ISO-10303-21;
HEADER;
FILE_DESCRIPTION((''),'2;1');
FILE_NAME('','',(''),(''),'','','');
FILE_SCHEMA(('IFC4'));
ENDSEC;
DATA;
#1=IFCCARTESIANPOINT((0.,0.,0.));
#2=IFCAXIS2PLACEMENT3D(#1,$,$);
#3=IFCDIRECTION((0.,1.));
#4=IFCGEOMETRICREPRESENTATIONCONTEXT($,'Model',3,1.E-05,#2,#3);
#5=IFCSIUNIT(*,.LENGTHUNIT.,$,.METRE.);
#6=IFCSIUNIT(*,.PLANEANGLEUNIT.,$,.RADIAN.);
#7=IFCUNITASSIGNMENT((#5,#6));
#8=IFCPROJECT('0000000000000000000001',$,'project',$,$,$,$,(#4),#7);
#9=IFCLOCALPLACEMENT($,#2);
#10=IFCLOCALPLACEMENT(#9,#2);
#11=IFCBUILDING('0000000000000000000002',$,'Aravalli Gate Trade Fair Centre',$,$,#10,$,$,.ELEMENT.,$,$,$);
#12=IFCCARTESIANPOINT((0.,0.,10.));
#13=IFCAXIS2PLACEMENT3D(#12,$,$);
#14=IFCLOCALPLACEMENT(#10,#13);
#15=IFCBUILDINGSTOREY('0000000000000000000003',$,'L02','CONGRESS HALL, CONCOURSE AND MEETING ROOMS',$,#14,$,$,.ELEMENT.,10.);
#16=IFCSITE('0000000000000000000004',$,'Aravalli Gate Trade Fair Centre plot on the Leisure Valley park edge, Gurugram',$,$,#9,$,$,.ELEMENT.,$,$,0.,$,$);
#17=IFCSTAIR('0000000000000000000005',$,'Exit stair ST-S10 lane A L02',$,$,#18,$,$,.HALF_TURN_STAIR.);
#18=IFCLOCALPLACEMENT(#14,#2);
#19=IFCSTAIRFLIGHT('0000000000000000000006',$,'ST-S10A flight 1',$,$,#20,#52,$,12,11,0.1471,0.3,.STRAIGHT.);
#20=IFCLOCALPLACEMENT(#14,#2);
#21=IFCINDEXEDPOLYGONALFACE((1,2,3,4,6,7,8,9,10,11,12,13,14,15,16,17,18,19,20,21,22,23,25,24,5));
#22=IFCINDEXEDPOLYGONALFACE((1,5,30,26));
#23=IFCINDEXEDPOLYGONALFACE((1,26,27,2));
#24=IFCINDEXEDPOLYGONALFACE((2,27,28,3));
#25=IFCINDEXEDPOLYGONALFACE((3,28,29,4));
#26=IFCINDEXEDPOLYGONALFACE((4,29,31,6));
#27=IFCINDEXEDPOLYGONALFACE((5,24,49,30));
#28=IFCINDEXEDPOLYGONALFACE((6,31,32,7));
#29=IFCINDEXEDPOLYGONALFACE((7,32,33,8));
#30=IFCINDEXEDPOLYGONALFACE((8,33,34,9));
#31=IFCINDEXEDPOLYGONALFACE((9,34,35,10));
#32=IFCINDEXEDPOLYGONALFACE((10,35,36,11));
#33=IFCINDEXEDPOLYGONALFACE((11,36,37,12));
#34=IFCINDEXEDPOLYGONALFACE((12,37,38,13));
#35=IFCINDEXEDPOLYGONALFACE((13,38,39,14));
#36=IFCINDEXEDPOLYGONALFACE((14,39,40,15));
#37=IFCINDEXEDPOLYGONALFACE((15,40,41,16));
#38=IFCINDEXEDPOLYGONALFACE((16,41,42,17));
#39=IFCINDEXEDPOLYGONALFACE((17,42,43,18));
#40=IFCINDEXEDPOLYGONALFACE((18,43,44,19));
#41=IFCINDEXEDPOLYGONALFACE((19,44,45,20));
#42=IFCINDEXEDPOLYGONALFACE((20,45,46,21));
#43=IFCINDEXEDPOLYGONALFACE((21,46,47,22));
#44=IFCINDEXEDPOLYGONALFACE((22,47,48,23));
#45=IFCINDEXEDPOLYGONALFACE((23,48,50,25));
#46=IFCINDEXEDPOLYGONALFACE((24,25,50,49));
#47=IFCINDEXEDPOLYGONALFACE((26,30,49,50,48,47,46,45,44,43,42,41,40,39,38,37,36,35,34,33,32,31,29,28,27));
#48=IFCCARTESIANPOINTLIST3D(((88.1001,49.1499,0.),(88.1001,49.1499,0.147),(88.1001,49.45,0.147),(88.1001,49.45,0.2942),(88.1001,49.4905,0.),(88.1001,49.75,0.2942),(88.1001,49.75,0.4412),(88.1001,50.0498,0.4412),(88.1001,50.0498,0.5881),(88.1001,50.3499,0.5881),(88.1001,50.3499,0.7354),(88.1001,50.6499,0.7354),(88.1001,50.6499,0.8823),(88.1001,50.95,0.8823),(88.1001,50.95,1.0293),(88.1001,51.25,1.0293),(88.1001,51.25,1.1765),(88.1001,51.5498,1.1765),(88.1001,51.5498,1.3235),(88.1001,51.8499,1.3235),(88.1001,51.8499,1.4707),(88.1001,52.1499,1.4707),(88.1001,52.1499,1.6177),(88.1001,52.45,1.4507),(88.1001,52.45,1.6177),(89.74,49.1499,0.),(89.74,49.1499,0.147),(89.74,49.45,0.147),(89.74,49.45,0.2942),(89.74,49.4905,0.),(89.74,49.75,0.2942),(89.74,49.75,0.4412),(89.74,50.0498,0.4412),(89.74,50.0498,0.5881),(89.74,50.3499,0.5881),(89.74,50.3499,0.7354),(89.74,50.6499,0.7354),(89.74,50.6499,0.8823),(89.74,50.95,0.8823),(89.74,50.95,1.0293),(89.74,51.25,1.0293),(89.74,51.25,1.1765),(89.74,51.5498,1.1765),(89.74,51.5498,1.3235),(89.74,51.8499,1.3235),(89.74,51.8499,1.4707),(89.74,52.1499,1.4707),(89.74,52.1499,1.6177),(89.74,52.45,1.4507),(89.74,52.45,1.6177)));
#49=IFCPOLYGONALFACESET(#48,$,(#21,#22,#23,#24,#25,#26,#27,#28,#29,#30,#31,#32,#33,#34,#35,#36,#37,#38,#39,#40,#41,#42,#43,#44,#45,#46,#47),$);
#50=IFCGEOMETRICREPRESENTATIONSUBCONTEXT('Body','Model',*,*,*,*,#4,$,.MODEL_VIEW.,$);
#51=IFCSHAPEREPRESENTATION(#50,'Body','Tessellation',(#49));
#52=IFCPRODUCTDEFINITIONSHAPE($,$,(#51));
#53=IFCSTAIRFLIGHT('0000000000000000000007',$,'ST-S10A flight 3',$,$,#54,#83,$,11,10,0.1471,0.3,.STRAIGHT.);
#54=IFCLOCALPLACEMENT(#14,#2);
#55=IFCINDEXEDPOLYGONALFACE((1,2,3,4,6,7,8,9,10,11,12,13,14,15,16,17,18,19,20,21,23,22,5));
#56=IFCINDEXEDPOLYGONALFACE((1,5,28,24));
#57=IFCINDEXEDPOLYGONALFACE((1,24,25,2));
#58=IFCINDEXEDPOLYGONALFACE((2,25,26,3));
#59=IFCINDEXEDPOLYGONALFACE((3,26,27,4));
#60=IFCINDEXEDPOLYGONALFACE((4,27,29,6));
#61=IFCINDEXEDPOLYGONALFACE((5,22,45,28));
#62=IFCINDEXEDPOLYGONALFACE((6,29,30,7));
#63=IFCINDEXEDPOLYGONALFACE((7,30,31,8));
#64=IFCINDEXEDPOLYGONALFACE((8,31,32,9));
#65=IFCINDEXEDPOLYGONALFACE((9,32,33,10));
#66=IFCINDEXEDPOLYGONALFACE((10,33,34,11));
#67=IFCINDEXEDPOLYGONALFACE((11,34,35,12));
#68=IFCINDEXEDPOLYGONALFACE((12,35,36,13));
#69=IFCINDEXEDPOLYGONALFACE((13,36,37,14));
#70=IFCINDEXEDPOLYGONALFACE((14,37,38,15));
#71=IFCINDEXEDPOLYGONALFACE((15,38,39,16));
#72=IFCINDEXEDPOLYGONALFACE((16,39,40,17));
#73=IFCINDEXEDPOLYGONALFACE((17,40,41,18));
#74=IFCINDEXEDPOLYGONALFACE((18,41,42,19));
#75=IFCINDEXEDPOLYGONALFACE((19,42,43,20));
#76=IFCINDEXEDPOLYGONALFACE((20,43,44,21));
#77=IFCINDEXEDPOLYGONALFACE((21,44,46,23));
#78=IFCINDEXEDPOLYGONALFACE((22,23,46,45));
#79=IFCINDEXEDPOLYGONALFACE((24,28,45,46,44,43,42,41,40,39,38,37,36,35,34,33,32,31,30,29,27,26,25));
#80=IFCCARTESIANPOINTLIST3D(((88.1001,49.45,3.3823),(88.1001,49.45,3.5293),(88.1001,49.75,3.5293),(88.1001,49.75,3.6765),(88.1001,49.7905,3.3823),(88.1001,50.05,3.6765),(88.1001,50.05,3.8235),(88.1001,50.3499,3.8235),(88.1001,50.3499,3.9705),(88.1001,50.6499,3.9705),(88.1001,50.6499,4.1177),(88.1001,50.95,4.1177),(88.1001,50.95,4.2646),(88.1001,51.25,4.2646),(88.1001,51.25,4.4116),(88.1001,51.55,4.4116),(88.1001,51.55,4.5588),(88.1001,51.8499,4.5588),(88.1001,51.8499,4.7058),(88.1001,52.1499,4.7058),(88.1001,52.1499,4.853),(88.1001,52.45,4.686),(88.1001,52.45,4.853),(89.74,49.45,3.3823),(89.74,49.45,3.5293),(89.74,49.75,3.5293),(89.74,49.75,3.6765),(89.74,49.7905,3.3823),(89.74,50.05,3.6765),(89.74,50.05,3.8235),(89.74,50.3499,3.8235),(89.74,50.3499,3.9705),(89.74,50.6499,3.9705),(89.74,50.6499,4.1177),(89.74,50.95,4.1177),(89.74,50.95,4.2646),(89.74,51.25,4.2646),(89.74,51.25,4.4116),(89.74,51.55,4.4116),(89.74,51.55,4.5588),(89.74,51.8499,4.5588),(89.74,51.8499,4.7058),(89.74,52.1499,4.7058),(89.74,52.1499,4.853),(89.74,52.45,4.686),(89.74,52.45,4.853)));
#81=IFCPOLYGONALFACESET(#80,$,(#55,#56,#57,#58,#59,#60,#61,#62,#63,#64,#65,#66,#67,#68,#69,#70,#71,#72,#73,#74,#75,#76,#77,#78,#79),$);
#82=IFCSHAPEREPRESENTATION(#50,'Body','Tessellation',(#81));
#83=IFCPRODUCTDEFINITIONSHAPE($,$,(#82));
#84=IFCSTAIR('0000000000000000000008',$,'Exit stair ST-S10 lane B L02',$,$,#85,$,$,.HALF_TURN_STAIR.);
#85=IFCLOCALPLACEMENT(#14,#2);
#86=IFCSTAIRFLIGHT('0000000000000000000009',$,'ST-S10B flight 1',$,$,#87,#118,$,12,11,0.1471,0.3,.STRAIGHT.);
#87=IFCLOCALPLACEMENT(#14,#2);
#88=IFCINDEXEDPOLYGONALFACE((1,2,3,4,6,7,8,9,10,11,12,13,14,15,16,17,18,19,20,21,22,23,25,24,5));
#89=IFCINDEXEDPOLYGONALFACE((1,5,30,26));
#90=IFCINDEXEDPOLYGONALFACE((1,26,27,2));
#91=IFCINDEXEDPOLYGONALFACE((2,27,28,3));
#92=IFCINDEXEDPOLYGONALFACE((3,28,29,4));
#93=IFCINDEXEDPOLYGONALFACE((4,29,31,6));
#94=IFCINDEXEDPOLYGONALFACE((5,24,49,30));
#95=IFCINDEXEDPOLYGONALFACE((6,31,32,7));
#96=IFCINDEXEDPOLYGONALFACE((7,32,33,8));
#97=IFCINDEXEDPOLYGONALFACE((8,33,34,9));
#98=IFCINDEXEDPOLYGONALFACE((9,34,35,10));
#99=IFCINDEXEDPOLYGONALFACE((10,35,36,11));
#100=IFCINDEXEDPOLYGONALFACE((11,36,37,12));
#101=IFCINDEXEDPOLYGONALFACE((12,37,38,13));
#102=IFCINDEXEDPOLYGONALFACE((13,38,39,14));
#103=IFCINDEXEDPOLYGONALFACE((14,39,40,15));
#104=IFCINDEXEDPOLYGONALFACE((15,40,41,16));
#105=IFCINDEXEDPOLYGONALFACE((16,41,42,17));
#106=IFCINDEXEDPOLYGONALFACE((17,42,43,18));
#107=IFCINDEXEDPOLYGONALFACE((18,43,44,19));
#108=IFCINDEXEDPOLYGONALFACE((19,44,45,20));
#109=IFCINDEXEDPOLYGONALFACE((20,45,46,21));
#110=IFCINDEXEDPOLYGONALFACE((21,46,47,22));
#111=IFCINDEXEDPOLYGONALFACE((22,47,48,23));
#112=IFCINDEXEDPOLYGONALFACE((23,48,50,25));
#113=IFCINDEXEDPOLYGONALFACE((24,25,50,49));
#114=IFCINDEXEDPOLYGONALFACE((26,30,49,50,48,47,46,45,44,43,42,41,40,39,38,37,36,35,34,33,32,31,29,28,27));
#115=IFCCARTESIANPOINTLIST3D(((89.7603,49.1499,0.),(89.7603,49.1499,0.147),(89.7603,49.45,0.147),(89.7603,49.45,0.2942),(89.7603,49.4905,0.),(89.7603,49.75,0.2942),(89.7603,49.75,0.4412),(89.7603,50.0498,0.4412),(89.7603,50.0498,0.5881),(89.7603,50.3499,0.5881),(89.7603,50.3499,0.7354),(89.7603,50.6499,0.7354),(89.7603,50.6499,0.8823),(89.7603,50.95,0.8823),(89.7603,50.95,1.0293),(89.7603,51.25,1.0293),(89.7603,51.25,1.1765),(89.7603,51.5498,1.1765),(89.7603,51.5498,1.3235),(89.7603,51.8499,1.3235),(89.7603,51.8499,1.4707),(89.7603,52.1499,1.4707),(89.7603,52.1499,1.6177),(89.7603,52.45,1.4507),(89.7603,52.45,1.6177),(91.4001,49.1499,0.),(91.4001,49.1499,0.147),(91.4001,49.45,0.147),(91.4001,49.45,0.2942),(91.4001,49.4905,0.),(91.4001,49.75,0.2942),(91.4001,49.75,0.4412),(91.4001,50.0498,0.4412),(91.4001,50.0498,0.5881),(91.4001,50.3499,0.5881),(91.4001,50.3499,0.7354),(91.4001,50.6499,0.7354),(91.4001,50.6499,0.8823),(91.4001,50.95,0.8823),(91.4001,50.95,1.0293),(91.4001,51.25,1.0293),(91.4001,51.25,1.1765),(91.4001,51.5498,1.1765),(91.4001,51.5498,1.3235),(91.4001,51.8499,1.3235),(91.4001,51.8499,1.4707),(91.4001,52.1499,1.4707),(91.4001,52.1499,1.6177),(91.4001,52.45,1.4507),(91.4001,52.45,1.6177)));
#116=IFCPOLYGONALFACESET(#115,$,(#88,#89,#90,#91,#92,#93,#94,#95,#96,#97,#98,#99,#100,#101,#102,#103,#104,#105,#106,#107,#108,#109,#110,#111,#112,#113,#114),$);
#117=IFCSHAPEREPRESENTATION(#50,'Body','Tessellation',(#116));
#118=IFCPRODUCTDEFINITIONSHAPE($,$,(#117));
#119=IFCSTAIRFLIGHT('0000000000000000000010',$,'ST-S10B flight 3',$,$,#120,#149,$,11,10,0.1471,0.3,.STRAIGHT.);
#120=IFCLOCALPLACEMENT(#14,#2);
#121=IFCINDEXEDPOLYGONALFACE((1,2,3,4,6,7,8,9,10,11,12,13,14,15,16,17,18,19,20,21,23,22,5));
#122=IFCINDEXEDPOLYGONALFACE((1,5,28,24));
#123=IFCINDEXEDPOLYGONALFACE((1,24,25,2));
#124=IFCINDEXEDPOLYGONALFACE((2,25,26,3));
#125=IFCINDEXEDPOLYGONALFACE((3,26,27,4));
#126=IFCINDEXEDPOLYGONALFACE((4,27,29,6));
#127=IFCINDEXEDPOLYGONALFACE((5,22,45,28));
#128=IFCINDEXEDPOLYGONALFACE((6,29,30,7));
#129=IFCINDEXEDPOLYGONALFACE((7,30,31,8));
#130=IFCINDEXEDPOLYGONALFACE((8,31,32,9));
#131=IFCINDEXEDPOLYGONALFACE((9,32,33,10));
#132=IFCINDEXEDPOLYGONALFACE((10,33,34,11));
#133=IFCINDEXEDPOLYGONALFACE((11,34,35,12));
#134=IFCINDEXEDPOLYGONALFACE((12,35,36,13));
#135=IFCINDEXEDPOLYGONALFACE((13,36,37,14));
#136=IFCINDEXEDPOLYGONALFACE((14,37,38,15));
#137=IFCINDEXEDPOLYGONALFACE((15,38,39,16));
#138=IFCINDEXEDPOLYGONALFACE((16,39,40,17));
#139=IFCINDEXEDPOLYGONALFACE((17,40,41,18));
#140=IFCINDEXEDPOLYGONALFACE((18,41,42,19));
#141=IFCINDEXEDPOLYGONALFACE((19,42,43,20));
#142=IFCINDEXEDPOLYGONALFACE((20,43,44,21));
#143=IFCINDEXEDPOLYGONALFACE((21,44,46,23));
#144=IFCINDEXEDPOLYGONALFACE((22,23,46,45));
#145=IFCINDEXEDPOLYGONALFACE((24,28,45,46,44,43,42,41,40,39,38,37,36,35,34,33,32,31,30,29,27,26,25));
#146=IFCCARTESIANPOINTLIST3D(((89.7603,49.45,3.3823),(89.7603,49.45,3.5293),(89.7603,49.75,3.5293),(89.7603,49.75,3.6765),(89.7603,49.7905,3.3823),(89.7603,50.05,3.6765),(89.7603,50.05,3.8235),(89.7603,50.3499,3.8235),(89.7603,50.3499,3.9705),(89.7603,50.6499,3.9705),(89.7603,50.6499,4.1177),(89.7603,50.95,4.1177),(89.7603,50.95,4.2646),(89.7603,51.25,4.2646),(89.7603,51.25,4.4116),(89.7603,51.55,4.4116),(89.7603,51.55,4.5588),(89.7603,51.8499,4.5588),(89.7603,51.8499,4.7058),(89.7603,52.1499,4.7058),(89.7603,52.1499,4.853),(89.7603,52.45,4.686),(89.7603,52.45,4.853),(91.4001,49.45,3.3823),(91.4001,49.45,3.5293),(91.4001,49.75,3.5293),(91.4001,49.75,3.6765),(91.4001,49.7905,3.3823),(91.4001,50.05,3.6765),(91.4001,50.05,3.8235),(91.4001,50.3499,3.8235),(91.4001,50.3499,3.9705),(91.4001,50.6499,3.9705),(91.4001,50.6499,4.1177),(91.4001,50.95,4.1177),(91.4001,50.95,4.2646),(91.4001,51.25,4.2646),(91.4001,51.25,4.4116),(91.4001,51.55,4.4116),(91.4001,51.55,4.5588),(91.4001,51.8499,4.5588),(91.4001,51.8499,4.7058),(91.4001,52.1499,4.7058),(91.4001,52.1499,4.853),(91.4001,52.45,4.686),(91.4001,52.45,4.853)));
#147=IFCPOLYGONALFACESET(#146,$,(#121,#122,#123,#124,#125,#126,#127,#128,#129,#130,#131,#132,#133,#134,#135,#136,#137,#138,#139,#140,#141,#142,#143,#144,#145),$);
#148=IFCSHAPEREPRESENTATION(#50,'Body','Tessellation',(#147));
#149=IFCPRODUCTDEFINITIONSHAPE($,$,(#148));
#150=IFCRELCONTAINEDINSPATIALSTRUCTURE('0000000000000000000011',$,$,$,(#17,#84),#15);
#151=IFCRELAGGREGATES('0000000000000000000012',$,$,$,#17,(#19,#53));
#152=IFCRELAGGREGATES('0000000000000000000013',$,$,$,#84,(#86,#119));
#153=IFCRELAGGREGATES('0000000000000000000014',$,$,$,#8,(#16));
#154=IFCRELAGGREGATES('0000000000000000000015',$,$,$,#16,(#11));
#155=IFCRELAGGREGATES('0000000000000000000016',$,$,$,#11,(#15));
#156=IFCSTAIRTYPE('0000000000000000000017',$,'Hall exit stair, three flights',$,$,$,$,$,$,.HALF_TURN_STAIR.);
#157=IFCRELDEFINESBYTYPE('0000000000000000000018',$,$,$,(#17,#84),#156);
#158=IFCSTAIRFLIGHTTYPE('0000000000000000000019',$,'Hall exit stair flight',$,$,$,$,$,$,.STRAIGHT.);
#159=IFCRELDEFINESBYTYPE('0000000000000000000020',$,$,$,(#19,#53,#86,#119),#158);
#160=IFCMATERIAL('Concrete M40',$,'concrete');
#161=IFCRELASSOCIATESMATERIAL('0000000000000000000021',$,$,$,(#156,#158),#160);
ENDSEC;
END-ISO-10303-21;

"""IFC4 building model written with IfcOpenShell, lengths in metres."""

from ifc_helpers import new_model, si_unit, direction, frame, origin, place, context, subcontext, project, spatial, polyline, outline, extrude, material, type_object, element, aggregate, save


model = new_model("IFC4")

# Units and contexts
model_context = context("Model", 3, precision=1e-05, world=origin(), true_north=direction((0.0, 1.0)))
body_context = subcontext(model_context, "Body", "Model", "MODEL_VIEW")
ifc_project = project(units=[si_unit("LENGTHUNIT", "METRE"), si_unit("PLANEANGLEUNIT", "RADIAN")], contexts=[model_context])

# Site, building, storey
site_placement = place(None, origin())
site = spatial("IfcSite", under=ifc_project, at=site_placement, Name="Aravalli Gate Trade Fair Centre plot on the Leisure Valley park edge, Gurugram", CompositionType="ELEMENT", RefElevation=0.0)
building_placement = place(site_placement, origin())
building = spatial("IfcBuilding", under=site, at=building_placement, Name="Aravalli Gate Trade Fair Centre", CompositionType="ELEMENT")
storey_placement = place(building_placement, frame((0.0, 0.0, 10.0)))
storey = spatial("IfcBuildingStorey", under=building, at=storey_placement, Name="L02", Description="CONGRESS HALL, CONCOURSE AND MEETING ROOMS", CompositionType="ELEMENT", Elevation=10.0)

# Shared definitions
ifc_material_1 = material(Name="Concrete M40", Category="concrete")

# Stairs, stair flights
stair_type = type_object("IfcStairType", Name="Hall exit stair, three flights", PredefinedType="HALF_TURN_STAIR", material=ifc_material_1)
stair_1_placement = place(storey_placement, origin())
stair_1 = element("IfcStair", 1, at=stair_1_placement, inside=storey, type_object=stair_type, Name="Exit stair ST-S10 lane A L02", PredefinedType="HALF_TURN_STAIR")
stair_flight_type = type_object("IfcStairFlightType", Name="Hall exit stair flight", PredefinedType="STRAIGHT", material=ifc_material_1)
stair_flight_1_placement = place(storey_placement, frame((88.9199, 49.1499, 0.0), z_axis=(0.0, 0.0, 1.0), x_axis=(0.0, 1.0, 0.0)))
stair_flight_1 = element("IfcStairFlight", 2, at=stair_flight_1_placement, type_object=stair_flight_type, Name="ST-S10A flight 1", NumberOfRisers=12, NumberOfTreads=11, PredefinedType="STRAIGHT", RiserHeight=0.1471, TreadLength=0.3, context=body_context, shape_type="SweptSolid", body=[
    extrude(outline(polyline([(0.0, 0.0), (0.0, 0.147), (0.3, 0.147), (0.3, 0.2942), (0.6001, 0.2942), (0.6001, 0.4412), (0.8999, 0.4412), (0.8999, 0.5881), (1.2, 0.5881), (1.2, 0.7354), (1.5, 0.7354), (1.5, 0.8823), (1.8, 0.8823), (1.8, 1.0293), (2.1001, 1.0293), (2.1001, 1.1765), (2.3999, 1.1765), (2.3999, 1.3235), (2.7, 1.3235), (2.7, 1.4707), (3.0, 1.4707), (3.0, 1.6177), (3.3, 1.6177), (3.3, 1.7646), (3.3, 1.4507), (0.3406, 0.0), (0.0, 0.0)])), frame((0.0, 0.8198, 0.0), z_axis=(0.0, -1.0, 0.0), x_axis=(1.0, 0.0, 0.0)), (0.0, 0.0, 1.0), 1.6399),
])
stair_flight_2_placement = place(storey_placement, frame((88.9199, 49.45, 3.3823), z_axis=(0.0, 0.0, 1.0), x_axis=(0.0, 1.0, 0.0)))
stair_flight_2 = element("IfcStairFlight", 3, at=stair_flight_2_placement, type_object=stair_flight_type, Name="ST-S10A flight 3", NumberOfRisers=11, NumberOfTreads=10, PredefinedType="STRAIGHT", RiserHeight=0.1471, TreadLength=0.3, context=body_context, shape_type="SweptSolid", body=[
    extrude(outline(polyline([(0.0, 0.0), (0.0, 0.147), (0.3, 0.147), (0.3, 0.2942), (0.6001, 0.2942), (0.6001, 0.4412), (0.8999, 0.4412), (0.8999, 0.5881), (1.2, 0.5881), (1.2, 0.7354), (1.5, 0.7354), (1.5, 0.8823), (1.8, 0.8823), (1.8, 1.0293), (2.1001, 1.0293), (2.1001, 1.1765), (2.3999, 1.1765), (2.3999, 1.3235), (2.7, 1.3235), (2.7, 1.4707), (3.0, 1.4707), (3.0, 1.6177), (3.0, 1.3037), (0.3406, 0.0), (0.0, 0.0)])), frame((0.0, 0.8198, 0.0), z_axis=(0.0, -1.0, 0.0), x_axis=(1.0, 0.0, 0.0)), (0.0, 0.0, 1.0), 1.6399),
])
aggregate(stair_1, [stair_flight_1, stair_flight_2])
stair_2_placement = place(storey_placement, origin())
stair_2 = element("IfcStair", 4, at=stair_2_placement, inside=storey, type_object=stair_type, Name="Exit stair ST-S10 lane B L02", PredefinedType="HALF_TURN_STAIR")
stair_flight_3_placement = place(storey_placement, frame((90.5801, 49.1499, 0.0), z_axis=(0.0, 0.0, 1.0), x_axis=(0.0, 1.0, 0.0)))
stair_flight_3 = element("IfcStairFlight", 5, at=stair_flight_3_placement, type_object=stair_flight_type, Name="ST-S10B flight 1", NumberOfRisers=12, NumberOfTreads=11, PredefinedType="STRAIGHT", RiserHeight=0.1471, TreadLength=0.3, context=body_context, shape_type="SweptSolid", body=[
    extrude(outline(polyline([(0.0, 0.0), (0.0, 0.147), (0.3, 0.147), (0.3, 0.2942), (0.6001, 0.2942), (0.6001, 0.4412), (0.8999, 0.4412), (0.8999, 0.5881), (1.2, 0.5881), (1.2, 0.7354), (1.5, 0.7354), (1.5, 0.8823), (1.8, 0.8823), (1.8, 1.0293), (2.1001, 1.0293), (2.1001, 1.1765), (2.3999, 1.1765), (2.3999, 1.3235), (2.7, 1.3235), (2.7, 1.4707), (3.0, 1.4707), (3.0, 1.6177), (3.3, 1.6177), (3.3, 1.7646), (3.3, 1.4507), (0.3406, 0.0), (0.0, 0.0)])), frame((0.0, 0.8198, 0.0), z_axis=(0.0, -1.0, 0.0), x_axis=(1.0, 0.0, 0.0)), (0.0, 0.0, 1.0), 1.6399),
])
stair_flight_4_placement = place(storey_placement, frame((90.5801, 49.45, 3.3823), z_axis=(0.0, 0.0, 1.0), x_axis=(0.0, 1.0, 0.0)))
stair_flight_4 = element("IfcStairFlight", 6, at=stair_flight_4_placement, type_object=stair_flight_type, Name="ST-S10B flight 3", NumberOfRisers=11, NumberOfTreads=10, PredefinedType="STRAIGHT", RiserHeight=0.1471, TreadLength=0.3, context=body_context, shape_type="SweptSolid", body=[
    extrude(outline(polyline([(0.0, 0.0), (0.0, 0.147), (0.3, 0.147), (0.3, 0.2942), (0.6001, 0.2942), (0.6001, 0.4412), (0.8999, 0.4412), (0.8999, 0.5881), (1.2, 0.5881), (1.2, 0.7354), (1.5, 0.7354), (1.5, 0.8823), (1.8, 0.8823), (1.8, 1.0293), (2.1001, 1.0293), (2.1001, 1.1765), (2.3999, 1.1765), (2.3999, 1.3235), (2.7, 1.3235), (2.7, 1.4707), (3.0, 1.4707), (3.0, 1.6177), (3.0, 1.3037), (0.3406, 0.0), (0.0, 0.0)])), frame((0.0, 0.8198, 0.0), z_axis=(0.0, -1.0, 0.0), x_axis=(1.0, 0.0, 0.0)), (0.0, 0.0, 1.0), 1.6399),
])
aggregate(stair_2, [stair_flight_3, stair_flight_4])

save(model, "model.ifc")
